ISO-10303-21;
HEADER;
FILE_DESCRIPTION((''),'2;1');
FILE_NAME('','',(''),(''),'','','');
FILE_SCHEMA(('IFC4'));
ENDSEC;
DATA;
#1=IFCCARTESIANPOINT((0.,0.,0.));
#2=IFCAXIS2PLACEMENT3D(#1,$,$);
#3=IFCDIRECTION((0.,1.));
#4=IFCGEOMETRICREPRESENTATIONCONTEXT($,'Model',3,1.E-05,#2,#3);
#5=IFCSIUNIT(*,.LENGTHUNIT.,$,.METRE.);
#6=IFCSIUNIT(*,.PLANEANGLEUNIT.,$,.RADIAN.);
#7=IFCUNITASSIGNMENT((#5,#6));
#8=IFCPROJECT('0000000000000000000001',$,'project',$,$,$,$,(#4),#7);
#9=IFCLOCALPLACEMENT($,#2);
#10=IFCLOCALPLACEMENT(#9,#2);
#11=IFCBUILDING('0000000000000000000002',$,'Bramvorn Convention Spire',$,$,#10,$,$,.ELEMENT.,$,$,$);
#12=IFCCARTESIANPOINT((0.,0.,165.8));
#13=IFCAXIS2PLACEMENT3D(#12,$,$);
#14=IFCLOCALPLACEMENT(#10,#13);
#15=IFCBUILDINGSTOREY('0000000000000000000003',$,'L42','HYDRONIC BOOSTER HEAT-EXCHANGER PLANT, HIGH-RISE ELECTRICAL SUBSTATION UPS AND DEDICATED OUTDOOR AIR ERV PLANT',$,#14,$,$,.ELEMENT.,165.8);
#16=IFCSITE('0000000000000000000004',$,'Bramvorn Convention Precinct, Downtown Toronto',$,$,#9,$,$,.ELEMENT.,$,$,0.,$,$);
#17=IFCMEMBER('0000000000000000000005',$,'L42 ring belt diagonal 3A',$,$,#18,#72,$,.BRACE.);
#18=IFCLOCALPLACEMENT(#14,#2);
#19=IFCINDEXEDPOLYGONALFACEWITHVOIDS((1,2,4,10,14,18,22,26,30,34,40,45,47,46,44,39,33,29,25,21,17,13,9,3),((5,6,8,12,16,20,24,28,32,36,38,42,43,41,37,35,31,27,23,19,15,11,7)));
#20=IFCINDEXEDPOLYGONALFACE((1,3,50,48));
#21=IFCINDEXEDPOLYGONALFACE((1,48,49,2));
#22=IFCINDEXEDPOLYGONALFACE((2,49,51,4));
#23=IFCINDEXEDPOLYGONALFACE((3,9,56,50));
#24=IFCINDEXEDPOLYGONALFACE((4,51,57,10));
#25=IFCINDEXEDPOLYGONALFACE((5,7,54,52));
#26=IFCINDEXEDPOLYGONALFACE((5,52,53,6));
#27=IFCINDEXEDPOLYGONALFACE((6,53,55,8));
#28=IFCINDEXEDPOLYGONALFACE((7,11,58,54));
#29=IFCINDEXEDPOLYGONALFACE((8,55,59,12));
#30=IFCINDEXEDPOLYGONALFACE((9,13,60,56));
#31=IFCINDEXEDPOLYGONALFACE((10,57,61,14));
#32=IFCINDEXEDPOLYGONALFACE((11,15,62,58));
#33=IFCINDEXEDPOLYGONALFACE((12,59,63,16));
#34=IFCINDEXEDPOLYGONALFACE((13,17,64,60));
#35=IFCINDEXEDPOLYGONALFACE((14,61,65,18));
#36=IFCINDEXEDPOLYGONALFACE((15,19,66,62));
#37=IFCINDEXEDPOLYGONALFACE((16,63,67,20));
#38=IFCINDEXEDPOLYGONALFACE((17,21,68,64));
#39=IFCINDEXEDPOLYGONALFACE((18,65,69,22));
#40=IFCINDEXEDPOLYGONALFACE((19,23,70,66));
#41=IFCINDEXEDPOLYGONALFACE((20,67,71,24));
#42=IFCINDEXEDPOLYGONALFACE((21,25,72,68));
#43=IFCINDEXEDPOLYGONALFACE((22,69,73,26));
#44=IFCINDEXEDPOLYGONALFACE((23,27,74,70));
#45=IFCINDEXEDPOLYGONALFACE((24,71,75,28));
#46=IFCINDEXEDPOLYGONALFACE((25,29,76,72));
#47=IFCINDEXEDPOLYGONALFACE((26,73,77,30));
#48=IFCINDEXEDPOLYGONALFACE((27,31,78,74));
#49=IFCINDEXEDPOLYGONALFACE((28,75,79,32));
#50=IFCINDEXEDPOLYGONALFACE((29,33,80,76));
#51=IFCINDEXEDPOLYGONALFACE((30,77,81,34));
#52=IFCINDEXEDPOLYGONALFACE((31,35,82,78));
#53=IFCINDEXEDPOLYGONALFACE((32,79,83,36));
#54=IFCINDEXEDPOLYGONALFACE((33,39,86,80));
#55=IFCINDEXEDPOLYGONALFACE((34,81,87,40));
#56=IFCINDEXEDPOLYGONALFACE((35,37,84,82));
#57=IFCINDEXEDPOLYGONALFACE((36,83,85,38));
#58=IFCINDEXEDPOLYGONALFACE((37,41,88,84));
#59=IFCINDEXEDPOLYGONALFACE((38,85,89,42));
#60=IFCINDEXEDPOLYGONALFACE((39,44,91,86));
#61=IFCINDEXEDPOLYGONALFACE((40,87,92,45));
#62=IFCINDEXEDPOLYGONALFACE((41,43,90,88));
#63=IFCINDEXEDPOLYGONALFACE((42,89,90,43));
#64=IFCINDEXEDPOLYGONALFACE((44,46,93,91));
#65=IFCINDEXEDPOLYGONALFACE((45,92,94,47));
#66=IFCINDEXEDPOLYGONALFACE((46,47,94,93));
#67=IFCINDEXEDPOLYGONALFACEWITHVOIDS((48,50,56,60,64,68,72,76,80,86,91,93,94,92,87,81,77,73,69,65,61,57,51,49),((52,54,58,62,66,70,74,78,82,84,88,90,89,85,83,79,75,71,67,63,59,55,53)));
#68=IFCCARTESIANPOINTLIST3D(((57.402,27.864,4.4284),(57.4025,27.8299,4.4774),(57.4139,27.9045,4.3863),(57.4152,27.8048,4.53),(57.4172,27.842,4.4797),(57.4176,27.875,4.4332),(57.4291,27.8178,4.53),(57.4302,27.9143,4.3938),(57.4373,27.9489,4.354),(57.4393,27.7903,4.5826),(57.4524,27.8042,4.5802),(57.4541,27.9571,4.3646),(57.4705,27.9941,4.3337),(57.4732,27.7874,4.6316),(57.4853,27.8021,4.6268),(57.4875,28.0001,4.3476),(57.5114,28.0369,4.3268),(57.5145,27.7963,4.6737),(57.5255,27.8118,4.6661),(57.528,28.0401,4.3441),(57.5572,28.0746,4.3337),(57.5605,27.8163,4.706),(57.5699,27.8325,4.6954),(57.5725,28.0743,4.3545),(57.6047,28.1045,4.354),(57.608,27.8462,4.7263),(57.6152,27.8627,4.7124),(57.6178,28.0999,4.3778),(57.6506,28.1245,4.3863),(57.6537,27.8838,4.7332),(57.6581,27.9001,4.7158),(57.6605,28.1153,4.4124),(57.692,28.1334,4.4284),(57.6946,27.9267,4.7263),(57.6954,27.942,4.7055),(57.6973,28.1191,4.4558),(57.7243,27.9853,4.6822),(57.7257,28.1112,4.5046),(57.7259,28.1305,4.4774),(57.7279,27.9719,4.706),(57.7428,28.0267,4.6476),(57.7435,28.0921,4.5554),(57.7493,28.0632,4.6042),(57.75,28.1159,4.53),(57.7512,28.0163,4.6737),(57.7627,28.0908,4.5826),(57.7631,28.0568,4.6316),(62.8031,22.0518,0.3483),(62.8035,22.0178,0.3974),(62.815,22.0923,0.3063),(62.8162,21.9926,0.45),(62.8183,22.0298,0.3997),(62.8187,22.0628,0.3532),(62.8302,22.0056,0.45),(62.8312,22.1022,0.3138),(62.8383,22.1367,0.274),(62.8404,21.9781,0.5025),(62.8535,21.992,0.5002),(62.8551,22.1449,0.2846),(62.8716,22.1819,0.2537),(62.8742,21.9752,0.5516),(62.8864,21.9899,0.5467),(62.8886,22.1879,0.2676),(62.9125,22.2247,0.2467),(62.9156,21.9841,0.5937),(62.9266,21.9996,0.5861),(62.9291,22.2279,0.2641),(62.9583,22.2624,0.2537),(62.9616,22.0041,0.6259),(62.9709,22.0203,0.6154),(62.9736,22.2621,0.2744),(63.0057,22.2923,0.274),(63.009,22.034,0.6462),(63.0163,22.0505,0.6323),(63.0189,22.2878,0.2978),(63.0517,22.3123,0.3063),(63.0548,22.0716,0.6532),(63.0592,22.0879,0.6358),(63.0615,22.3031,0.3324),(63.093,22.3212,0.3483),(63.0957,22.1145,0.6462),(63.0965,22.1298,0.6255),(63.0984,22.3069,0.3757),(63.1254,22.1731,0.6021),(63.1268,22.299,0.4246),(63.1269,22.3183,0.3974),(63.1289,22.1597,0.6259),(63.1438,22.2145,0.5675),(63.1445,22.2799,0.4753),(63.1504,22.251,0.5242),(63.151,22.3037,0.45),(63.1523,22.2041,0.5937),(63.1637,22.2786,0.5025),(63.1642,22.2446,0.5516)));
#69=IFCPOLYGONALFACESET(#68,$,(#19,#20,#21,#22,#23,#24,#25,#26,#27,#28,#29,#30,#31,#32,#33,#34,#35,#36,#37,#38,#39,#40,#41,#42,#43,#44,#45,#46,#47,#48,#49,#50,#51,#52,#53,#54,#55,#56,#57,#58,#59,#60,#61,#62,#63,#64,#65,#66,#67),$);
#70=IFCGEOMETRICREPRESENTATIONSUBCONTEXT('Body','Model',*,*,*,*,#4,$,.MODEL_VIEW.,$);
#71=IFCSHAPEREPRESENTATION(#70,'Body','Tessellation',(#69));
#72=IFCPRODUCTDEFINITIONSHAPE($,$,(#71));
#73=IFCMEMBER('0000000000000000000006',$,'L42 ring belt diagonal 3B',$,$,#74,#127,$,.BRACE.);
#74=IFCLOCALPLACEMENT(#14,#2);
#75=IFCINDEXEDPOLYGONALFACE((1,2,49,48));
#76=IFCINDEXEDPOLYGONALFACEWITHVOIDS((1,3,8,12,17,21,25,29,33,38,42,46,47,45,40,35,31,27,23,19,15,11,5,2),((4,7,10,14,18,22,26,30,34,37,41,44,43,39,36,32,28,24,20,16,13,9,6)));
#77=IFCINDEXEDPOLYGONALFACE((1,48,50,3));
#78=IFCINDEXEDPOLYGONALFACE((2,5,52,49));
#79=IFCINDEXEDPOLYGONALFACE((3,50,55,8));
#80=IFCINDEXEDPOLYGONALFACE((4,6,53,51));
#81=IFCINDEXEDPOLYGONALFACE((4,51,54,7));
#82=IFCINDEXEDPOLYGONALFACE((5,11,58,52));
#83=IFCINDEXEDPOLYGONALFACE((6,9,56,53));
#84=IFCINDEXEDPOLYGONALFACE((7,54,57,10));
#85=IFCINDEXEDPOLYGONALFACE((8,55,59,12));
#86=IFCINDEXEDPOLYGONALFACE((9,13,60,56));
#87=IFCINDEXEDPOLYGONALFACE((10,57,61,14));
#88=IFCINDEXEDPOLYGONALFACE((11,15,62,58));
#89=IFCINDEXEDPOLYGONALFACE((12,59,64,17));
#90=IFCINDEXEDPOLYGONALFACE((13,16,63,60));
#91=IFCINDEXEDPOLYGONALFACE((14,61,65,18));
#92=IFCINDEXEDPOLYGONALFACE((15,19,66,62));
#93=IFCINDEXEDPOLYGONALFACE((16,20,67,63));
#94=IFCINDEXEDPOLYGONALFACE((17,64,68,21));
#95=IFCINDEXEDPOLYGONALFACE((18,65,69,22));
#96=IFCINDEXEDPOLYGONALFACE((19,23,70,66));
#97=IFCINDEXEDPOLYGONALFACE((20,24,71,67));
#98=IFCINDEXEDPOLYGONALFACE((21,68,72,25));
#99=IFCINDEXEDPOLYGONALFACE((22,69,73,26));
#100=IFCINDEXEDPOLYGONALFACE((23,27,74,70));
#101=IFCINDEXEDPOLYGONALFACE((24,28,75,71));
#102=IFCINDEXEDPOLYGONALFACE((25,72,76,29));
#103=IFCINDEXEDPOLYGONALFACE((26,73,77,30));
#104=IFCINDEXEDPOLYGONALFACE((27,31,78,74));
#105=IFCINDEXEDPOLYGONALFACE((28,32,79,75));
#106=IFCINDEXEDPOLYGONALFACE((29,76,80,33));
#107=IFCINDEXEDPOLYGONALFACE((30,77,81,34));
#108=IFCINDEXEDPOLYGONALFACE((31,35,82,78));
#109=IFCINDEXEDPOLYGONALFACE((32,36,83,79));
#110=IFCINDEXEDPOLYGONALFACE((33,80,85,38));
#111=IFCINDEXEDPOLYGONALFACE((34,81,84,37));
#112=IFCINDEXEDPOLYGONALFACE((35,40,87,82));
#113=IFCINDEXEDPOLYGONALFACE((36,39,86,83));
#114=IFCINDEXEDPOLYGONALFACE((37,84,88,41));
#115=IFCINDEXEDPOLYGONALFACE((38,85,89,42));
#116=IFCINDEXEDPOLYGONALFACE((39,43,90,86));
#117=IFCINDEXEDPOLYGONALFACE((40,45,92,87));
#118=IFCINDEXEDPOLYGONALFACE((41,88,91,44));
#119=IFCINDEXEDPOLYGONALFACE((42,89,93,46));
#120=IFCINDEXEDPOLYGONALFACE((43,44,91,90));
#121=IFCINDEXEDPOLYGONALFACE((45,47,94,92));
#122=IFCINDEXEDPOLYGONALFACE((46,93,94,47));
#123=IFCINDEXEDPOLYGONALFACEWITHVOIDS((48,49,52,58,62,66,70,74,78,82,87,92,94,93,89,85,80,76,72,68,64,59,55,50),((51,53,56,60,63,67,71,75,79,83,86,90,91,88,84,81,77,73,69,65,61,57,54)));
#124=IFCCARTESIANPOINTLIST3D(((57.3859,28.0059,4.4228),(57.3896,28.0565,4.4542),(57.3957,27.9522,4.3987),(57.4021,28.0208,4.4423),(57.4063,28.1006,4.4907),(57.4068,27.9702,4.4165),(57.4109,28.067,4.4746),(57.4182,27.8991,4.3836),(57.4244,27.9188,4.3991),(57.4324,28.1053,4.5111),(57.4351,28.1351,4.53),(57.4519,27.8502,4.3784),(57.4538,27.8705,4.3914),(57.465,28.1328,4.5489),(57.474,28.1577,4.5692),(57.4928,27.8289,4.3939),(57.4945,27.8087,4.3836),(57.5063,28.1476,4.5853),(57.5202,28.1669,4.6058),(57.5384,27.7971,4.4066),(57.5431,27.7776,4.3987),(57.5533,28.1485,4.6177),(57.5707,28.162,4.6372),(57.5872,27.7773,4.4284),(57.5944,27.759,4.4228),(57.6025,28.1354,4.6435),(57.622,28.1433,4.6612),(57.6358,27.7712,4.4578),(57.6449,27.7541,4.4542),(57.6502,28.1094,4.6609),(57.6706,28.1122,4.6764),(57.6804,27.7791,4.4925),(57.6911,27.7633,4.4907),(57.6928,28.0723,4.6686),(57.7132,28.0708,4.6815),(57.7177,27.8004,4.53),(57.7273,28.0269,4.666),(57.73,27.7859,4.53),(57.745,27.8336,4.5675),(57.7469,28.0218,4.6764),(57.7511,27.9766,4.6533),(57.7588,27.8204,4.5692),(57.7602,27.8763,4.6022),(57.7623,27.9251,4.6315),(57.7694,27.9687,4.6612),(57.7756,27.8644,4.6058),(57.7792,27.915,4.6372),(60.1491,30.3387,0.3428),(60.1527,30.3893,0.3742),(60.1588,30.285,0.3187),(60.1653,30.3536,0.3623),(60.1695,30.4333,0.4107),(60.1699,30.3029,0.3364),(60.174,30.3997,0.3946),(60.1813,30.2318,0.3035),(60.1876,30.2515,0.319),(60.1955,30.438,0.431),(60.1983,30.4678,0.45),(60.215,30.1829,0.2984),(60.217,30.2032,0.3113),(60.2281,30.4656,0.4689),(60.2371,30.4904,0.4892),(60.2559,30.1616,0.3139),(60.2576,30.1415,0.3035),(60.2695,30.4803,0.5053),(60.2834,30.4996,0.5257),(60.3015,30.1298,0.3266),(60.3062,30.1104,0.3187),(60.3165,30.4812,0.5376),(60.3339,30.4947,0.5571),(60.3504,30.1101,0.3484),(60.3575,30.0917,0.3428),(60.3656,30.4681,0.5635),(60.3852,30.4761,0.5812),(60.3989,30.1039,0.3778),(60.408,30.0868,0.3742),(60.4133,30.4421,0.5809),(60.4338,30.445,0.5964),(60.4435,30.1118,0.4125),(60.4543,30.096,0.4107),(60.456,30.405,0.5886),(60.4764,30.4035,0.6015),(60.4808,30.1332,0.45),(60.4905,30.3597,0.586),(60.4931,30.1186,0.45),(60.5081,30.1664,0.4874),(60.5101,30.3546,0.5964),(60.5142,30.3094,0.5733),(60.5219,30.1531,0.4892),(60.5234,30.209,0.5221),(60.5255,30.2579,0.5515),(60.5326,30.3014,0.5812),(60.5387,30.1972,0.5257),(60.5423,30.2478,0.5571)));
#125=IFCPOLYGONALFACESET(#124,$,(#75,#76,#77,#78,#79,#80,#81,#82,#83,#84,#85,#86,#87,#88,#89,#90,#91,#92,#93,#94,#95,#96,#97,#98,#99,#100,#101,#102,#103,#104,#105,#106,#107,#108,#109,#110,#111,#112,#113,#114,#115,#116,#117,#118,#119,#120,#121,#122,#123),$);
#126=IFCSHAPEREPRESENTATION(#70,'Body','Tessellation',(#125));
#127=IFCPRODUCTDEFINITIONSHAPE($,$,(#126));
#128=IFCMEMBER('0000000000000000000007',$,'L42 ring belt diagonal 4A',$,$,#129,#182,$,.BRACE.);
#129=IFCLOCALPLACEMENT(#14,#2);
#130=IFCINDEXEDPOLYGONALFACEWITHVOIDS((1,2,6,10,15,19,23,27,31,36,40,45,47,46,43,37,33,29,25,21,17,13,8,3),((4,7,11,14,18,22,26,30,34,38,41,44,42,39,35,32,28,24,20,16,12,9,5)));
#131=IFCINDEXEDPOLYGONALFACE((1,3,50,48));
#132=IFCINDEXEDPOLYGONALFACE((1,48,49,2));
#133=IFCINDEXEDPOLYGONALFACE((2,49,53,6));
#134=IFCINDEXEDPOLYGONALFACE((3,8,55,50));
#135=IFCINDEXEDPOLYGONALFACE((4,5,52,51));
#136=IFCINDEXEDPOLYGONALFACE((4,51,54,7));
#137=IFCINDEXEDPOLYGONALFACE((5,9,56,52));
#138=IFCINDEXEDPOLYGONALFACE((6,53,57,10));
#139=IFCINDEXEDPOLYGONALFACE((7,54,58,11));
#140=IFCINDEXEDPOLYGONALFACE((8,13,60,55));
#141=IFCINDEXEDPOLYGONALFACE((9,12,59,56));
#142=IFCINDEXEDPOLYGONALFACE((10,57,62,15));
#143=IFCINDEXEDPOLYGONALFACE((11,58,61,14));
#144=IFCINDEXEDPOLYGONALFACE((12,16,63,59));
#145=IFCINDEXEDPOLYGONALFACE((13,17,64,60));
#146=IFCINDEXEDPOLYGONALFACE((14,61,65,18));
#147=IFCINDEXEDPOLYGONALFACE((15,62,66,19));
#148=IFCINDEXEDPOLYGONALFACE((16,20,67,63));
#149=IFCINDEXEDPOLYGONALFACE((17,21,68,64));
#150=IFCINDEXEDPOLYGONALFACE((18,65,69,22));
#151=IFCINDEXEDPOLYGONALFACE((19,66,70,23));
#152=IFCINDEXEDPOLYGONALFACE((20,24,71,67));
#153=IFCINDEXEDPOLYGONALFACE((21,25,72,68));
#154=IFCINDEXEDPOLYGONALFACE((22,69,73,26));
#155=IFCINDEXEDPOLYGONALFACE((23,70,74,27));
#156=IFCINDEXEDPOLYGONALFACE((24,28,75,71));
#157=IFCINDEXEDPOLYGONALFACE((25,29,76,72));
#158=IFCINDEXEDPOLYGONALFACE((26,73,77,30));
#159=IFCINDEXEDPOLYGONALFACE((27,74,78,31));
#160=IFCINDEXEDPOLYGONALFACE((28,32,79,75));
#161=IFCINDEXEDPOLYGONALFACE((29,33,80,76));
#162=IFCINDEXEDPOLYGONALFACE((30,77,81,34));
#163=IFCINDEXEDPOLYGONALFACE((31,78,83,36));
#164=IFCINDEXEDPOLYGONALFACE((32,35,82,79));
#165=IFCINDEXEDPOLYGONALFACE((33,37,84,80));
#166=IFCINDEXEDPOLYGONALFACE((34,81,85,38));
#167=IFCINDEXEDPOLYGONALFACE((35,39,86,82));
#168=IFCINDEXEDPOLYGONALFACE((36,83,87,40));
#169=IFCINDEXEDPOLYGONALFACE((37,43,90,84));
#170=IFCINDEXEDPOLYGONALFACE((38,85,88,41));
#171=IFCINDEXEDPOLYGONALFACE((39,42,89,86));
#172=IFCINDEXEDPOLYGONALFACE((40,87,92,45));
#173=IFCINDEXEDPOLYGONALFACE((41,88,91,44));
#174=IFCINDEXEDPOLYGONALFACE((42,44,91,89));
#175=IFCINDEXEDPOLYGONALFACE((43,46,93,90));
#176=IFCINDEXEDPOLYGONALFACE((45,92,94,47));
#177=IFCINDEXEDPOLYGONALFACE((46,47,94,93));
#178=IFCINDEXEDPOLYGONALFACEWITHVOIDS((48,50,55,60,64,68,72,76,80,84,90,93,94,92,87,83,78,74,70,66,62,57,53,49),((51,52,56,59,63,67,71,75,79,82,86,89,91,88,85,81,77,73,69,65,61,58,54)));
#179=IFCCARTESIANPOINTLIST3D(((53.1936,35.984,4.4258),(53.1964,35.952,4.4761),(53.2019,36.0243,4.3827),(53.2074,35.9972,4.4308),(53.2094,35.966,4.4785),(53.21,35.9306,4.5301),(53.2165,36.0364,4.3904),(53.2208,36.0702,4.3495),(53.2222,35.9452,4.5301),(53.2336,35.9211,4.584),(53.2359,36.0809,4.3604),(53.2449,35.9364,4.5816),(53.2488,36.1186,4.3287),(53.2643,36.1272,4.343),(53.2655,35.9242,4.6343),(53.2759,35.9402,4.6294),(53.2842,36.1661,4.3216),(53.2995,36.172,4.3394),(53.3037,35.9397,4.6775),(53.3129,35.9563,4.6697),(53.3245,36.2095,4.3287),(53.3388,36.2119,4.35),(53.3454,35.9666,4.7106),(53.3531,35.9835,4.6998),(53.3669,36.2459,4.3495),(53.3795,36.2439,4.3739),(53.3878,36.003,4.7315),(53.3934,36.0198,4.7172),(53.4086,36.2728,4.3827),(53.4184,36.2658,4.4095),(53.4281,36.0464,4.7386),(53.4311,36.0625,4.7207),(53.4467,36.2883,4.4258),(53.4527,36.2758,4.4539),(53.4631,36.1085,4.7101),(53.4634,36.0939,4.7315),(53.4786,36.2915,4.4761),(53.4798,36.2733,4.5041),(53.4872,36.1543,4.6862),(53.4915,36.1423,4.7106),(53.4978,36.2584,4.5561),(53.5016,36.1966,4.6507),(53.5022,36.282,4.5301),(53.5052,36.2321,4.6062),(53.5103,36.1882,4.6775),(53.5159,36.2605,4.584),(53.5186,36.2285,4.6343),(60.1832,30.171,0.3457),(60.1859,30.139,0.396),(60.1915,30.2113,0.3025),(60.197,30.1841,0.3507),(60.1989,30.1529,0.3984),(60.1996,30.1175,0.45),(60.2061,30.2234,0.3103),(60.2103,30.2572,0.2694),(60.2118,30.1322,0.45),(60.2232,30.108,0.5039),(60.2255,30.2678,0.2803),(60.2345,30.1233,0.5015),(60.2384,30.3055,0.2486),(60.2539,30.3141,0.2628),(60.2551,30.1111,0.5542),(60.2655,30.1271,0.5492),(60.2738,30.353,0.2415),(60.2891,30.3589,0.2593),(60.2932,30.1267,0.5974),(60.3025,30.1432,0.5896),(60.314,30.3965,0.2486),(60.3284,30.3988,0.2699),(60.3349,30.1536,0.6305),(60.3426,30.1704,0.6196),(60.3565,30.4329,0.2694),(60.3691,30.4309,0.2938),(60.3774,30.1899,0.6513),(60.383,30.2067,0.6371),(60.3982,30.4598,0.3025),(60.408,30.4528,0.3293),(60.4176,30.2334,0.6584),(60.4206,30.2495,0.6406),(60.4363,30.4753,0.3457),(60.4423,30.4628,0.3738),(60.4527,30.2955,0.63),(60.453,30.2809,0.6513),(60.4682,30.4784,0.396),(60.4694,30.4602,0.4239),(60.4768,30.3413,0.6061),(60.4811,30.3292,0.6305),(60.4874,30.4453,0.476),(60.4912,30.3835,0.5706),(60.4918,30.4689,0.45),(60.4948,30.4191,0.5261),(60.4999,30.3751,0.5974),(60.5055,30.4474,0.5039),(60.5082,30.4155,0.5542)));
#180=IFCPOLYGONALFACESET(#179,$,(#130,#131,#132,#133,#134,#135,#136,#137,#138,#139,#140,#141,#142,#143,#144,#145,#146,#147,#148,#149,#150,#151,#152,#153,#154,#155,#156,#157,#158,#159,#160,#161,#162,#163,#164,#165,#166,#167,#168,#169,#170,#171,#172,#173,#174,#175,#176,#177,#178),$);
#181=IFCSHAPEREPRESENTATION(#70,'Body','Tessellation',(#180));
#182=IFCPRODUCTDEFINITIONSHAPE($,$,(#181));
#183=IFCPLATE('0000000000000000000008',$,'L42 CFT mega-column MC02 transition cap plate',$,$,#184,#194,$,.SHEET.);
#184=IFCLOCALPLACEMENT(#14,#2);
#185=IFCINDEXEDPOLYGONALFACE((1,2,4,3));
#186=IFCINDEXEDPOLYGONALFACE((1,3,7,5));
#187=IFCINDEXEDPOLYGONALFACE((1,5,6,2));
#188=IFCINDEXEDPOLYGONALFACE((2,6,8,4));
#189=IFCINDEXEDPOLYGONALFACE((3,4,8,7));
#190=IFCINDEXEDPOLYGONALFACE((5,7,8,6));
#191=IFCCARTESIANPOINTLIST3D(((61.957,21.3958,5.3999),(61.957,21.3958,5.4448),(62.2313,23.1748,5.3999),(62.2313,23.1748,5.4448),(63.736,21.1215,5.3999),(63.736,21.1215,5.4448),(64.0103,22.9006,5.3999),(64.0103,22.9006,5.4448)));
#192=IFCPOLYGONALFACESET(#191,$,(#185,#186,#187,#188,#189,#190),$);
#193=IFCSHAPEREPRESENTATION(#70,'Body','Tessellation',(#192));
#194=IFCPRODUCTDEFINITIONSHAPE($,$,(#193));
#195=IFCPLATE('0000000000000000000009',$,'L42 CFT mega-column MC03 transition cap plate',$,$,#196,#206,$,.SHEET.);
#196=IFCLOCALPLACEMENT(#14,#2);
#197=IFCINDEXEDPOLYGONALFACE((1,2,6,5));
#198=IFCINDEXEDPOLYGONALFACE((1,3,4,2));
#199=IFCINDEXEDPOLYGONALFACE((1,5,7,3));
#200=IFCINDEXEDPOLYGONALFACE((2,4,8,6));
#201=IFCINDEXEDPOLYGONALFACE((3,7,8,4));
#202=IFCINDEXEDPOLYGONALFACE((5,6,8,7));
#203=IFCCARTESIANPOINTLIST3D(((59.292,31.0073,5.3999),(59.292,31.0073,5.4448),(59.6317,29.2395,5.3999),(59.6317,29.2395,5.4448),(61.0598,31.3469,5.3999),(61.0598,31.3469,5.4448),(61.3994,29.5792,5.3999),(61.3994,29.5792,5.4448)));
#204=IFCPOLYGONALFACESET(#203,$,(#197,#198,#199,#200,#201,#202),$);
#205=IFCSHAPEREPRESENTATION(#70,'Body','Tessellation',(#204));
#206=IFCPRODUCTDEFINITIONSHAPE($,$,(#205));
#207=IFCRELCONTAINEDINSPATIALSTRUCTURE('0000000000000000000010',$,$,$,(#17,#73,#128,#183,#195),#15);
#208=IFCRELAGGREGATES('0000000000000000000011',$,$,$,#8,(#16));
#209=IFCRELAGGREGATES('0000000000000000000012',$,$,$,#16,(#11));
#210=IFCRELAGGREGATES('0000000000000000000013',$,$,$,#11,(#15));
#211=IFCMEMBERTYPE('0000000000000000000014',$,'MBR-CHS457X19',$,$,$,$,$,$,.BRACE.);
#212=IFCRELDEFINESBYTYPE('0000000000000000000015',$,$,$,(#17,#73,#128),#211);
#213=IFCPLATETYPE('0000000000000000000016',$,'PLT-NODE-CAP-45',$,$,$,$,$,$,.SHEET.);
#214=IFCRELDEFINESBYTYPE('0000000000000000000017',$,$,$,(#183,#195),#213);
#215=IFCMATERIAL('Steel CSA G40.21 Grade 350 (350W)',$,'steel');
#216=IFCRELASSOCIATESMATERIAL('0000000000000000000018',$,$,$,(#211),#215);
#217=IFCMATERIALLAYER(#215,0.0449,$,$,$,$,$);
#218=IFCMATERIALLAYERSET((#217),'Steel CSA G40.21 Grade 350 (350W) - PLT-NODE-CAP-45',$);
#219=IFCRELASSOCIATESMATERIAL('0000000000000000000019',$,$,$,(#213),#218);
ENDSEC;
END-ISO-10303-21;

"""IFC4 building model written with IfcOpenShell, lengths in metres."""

from ifc_helpers import new_model, si_unit, direction, frame, origin, origin_2d, place, context, subcontext, project, spatial, rectangle, hollow_circle, extrude, material, layer, layer_set, material_profile, profile_set, type_object, element, save


model = new_model("IFC4")

# Units and contexts
model_context = context("Model", 3, precision=1e-05, world=origin(), true_north=direction((0.0, 1.0)))
body_context = subcontext(model_context, "Body", "Model", "MODEL_VIEW")
ifc_project = project(units=[si_unit("LENGTHUNIT", "METRE"), si_unit("PLANEANGLEUNIT", "RADIAN")], contexts=[model_context])

# Site, building, storey
site_placement = place(None, origin())
site = spatial("IfcSite", under=ifc_project, at=site_placement, Name="Bramvorn Convention Precinct, Downtown Toronto", CompositionType="ELEMENT", RefElevation=0.0)
building_placement = place(site_placement, origin())
building = spatial("IfcBuilding", under=site, at=building_placement, Name="Bramvorn Convention Spire", CompositionType="ELEMENT")
storey_placement = place(building_placement, frame((0.0, 0.0, 165.8)))
storey = spatial("IfcBuildingStorey", under=building, at=storey_placement, Name="L42", Description="HYDRONIC BOOSTER HEAT-EXCHANGER PLANT, HIGH-RISE ELECTRICAL SUBSTATION UPS AND DEDICATED OUTDOOR AIR ERV PLANT", CompositionType="ELEMENT", Elevation=165.8)

# Shared definitions
ifc_material_1 = material(Name="Steel CSA G40.21 Grade 350 (350W)", Category="steel")

# Members
ifc_material_profile_1 = material_profile(ifc_material_1, hollow_circle(Radius=0.2285, WallThickness=0.019, at=origin_2d()))
ifc_profile_set_1 = profile_set([ifc_material_profile_1], Name="Steel CSA G40.21 Grade 350 (350W) - CHS457X19")
member_type_1 = type_object("IfcMemberType", Name="MBR-CHS457X19", PredefinedType="BRACE", material=ifc_profile_set_1)
member_1_placement = place(storey_placement, frame((62.9836, 22.1482, 0.45), z_axis=(-0.605374, 0.651455, 0.457307), x_axis=(-0.73254, -0.680724, 0.0)))
element("IfcMember", 1, at=member_1_placement, inside=storey, type_object=member_type_1, Name="L42 ring belt diagonal 3A", PredefinedType="BRACE", context=body_context, shape_type="SweptSolid", body=[
    extrude(hollow_circle(Radius=0.2285, WallThickness=0.019, at=origin_2d()), origin(), (0.0, 0.0, 1.0), 8.9219),
])
member_2_placement = place(storey_placement, frame((60.3457, 30.2932, 0.45), z_axis=(-0.506823, -0.427875, 0.748367), x_axis=(0.645085, -0.764111, 0.0)))
element("IfcMember", 2, at=member_2_placement, inside=storey, type_object=member_type_1, Name="L42 ring belt diagonal 3B", PredefinedType="BRACE", context=body_context, shape_type="SweptSolid", body=[
    extrude(hollow_circle(Radius=0.2285, WallThickness=0.019, at=origin_2d()), origin(), (0.0, 0.0, 1.0), 5.4519),
])
member_3_placement = place(storey_placement, frame((60.3457, 30.2932, 0.45), z_axis=(-0.701441, 0.583371, 0.409462), x_axis=(-0.639431, -0.768848, 0.0)))
element("IfcMember", 3, at=member_3_placement, inside=storey, type_object=member_type_1, Name="L42 ring belt diagonal 4A", PredefinedType="BRACE", context=body_context, shape_type="SweptSolid", body=[
    extrude(hollow_circle(Radius=0.2285, WallThickness=0.019, at=origin_2d()), origin(), (0.0, 0.0, 1.0), 9.9646),
])

# Plates
ifc_layer_1 = layer(ifc_material_1, 0.0449)
ifc_layer_set_1 = layer_set([ifc_layer_1], Name="Steel CSA G40.21 Grade 350 (350W) - PLT-NODE-CAP-45")
plate_type_1 = type_object("IfcPlateType", Name="PLT-NODE-CAP-45", PredefinedType="SHEET", material=ifc_layer_set_1)
for number, where, z_axis, x_axis, name in (
    (4, (62.9836, 22.1482, 5.3999), (0.0, 0.0, 1.0), (0.988324, -0.152368, 0.0), "L42 CFT mega-column MC02 transition cap plate"),
    (5, (60.3457, 30.2932, 5.3999), (0.0, 0.0, 1.0), (0.98204, 0.188672, 0.0), "L42 CFT mega-column MC03 transition cap plate"),
):
    element("IfcPlate", number, at=place(storey_placement, frame(where, z_axis=z_axis, x_axis=x_axis)), inside=storey, type_object=plate_type_1, Name=name, PredefinedType="SHEET", context=body_context, shape_type="SweptSolid", body=[
        extrude(rectangle(XDim=1.8, YDim=1.8, at=origin_2d()), origin(), (0.0, 0.0, 1.0), 0.0449),
    ])

save(model, "model.ifc")
